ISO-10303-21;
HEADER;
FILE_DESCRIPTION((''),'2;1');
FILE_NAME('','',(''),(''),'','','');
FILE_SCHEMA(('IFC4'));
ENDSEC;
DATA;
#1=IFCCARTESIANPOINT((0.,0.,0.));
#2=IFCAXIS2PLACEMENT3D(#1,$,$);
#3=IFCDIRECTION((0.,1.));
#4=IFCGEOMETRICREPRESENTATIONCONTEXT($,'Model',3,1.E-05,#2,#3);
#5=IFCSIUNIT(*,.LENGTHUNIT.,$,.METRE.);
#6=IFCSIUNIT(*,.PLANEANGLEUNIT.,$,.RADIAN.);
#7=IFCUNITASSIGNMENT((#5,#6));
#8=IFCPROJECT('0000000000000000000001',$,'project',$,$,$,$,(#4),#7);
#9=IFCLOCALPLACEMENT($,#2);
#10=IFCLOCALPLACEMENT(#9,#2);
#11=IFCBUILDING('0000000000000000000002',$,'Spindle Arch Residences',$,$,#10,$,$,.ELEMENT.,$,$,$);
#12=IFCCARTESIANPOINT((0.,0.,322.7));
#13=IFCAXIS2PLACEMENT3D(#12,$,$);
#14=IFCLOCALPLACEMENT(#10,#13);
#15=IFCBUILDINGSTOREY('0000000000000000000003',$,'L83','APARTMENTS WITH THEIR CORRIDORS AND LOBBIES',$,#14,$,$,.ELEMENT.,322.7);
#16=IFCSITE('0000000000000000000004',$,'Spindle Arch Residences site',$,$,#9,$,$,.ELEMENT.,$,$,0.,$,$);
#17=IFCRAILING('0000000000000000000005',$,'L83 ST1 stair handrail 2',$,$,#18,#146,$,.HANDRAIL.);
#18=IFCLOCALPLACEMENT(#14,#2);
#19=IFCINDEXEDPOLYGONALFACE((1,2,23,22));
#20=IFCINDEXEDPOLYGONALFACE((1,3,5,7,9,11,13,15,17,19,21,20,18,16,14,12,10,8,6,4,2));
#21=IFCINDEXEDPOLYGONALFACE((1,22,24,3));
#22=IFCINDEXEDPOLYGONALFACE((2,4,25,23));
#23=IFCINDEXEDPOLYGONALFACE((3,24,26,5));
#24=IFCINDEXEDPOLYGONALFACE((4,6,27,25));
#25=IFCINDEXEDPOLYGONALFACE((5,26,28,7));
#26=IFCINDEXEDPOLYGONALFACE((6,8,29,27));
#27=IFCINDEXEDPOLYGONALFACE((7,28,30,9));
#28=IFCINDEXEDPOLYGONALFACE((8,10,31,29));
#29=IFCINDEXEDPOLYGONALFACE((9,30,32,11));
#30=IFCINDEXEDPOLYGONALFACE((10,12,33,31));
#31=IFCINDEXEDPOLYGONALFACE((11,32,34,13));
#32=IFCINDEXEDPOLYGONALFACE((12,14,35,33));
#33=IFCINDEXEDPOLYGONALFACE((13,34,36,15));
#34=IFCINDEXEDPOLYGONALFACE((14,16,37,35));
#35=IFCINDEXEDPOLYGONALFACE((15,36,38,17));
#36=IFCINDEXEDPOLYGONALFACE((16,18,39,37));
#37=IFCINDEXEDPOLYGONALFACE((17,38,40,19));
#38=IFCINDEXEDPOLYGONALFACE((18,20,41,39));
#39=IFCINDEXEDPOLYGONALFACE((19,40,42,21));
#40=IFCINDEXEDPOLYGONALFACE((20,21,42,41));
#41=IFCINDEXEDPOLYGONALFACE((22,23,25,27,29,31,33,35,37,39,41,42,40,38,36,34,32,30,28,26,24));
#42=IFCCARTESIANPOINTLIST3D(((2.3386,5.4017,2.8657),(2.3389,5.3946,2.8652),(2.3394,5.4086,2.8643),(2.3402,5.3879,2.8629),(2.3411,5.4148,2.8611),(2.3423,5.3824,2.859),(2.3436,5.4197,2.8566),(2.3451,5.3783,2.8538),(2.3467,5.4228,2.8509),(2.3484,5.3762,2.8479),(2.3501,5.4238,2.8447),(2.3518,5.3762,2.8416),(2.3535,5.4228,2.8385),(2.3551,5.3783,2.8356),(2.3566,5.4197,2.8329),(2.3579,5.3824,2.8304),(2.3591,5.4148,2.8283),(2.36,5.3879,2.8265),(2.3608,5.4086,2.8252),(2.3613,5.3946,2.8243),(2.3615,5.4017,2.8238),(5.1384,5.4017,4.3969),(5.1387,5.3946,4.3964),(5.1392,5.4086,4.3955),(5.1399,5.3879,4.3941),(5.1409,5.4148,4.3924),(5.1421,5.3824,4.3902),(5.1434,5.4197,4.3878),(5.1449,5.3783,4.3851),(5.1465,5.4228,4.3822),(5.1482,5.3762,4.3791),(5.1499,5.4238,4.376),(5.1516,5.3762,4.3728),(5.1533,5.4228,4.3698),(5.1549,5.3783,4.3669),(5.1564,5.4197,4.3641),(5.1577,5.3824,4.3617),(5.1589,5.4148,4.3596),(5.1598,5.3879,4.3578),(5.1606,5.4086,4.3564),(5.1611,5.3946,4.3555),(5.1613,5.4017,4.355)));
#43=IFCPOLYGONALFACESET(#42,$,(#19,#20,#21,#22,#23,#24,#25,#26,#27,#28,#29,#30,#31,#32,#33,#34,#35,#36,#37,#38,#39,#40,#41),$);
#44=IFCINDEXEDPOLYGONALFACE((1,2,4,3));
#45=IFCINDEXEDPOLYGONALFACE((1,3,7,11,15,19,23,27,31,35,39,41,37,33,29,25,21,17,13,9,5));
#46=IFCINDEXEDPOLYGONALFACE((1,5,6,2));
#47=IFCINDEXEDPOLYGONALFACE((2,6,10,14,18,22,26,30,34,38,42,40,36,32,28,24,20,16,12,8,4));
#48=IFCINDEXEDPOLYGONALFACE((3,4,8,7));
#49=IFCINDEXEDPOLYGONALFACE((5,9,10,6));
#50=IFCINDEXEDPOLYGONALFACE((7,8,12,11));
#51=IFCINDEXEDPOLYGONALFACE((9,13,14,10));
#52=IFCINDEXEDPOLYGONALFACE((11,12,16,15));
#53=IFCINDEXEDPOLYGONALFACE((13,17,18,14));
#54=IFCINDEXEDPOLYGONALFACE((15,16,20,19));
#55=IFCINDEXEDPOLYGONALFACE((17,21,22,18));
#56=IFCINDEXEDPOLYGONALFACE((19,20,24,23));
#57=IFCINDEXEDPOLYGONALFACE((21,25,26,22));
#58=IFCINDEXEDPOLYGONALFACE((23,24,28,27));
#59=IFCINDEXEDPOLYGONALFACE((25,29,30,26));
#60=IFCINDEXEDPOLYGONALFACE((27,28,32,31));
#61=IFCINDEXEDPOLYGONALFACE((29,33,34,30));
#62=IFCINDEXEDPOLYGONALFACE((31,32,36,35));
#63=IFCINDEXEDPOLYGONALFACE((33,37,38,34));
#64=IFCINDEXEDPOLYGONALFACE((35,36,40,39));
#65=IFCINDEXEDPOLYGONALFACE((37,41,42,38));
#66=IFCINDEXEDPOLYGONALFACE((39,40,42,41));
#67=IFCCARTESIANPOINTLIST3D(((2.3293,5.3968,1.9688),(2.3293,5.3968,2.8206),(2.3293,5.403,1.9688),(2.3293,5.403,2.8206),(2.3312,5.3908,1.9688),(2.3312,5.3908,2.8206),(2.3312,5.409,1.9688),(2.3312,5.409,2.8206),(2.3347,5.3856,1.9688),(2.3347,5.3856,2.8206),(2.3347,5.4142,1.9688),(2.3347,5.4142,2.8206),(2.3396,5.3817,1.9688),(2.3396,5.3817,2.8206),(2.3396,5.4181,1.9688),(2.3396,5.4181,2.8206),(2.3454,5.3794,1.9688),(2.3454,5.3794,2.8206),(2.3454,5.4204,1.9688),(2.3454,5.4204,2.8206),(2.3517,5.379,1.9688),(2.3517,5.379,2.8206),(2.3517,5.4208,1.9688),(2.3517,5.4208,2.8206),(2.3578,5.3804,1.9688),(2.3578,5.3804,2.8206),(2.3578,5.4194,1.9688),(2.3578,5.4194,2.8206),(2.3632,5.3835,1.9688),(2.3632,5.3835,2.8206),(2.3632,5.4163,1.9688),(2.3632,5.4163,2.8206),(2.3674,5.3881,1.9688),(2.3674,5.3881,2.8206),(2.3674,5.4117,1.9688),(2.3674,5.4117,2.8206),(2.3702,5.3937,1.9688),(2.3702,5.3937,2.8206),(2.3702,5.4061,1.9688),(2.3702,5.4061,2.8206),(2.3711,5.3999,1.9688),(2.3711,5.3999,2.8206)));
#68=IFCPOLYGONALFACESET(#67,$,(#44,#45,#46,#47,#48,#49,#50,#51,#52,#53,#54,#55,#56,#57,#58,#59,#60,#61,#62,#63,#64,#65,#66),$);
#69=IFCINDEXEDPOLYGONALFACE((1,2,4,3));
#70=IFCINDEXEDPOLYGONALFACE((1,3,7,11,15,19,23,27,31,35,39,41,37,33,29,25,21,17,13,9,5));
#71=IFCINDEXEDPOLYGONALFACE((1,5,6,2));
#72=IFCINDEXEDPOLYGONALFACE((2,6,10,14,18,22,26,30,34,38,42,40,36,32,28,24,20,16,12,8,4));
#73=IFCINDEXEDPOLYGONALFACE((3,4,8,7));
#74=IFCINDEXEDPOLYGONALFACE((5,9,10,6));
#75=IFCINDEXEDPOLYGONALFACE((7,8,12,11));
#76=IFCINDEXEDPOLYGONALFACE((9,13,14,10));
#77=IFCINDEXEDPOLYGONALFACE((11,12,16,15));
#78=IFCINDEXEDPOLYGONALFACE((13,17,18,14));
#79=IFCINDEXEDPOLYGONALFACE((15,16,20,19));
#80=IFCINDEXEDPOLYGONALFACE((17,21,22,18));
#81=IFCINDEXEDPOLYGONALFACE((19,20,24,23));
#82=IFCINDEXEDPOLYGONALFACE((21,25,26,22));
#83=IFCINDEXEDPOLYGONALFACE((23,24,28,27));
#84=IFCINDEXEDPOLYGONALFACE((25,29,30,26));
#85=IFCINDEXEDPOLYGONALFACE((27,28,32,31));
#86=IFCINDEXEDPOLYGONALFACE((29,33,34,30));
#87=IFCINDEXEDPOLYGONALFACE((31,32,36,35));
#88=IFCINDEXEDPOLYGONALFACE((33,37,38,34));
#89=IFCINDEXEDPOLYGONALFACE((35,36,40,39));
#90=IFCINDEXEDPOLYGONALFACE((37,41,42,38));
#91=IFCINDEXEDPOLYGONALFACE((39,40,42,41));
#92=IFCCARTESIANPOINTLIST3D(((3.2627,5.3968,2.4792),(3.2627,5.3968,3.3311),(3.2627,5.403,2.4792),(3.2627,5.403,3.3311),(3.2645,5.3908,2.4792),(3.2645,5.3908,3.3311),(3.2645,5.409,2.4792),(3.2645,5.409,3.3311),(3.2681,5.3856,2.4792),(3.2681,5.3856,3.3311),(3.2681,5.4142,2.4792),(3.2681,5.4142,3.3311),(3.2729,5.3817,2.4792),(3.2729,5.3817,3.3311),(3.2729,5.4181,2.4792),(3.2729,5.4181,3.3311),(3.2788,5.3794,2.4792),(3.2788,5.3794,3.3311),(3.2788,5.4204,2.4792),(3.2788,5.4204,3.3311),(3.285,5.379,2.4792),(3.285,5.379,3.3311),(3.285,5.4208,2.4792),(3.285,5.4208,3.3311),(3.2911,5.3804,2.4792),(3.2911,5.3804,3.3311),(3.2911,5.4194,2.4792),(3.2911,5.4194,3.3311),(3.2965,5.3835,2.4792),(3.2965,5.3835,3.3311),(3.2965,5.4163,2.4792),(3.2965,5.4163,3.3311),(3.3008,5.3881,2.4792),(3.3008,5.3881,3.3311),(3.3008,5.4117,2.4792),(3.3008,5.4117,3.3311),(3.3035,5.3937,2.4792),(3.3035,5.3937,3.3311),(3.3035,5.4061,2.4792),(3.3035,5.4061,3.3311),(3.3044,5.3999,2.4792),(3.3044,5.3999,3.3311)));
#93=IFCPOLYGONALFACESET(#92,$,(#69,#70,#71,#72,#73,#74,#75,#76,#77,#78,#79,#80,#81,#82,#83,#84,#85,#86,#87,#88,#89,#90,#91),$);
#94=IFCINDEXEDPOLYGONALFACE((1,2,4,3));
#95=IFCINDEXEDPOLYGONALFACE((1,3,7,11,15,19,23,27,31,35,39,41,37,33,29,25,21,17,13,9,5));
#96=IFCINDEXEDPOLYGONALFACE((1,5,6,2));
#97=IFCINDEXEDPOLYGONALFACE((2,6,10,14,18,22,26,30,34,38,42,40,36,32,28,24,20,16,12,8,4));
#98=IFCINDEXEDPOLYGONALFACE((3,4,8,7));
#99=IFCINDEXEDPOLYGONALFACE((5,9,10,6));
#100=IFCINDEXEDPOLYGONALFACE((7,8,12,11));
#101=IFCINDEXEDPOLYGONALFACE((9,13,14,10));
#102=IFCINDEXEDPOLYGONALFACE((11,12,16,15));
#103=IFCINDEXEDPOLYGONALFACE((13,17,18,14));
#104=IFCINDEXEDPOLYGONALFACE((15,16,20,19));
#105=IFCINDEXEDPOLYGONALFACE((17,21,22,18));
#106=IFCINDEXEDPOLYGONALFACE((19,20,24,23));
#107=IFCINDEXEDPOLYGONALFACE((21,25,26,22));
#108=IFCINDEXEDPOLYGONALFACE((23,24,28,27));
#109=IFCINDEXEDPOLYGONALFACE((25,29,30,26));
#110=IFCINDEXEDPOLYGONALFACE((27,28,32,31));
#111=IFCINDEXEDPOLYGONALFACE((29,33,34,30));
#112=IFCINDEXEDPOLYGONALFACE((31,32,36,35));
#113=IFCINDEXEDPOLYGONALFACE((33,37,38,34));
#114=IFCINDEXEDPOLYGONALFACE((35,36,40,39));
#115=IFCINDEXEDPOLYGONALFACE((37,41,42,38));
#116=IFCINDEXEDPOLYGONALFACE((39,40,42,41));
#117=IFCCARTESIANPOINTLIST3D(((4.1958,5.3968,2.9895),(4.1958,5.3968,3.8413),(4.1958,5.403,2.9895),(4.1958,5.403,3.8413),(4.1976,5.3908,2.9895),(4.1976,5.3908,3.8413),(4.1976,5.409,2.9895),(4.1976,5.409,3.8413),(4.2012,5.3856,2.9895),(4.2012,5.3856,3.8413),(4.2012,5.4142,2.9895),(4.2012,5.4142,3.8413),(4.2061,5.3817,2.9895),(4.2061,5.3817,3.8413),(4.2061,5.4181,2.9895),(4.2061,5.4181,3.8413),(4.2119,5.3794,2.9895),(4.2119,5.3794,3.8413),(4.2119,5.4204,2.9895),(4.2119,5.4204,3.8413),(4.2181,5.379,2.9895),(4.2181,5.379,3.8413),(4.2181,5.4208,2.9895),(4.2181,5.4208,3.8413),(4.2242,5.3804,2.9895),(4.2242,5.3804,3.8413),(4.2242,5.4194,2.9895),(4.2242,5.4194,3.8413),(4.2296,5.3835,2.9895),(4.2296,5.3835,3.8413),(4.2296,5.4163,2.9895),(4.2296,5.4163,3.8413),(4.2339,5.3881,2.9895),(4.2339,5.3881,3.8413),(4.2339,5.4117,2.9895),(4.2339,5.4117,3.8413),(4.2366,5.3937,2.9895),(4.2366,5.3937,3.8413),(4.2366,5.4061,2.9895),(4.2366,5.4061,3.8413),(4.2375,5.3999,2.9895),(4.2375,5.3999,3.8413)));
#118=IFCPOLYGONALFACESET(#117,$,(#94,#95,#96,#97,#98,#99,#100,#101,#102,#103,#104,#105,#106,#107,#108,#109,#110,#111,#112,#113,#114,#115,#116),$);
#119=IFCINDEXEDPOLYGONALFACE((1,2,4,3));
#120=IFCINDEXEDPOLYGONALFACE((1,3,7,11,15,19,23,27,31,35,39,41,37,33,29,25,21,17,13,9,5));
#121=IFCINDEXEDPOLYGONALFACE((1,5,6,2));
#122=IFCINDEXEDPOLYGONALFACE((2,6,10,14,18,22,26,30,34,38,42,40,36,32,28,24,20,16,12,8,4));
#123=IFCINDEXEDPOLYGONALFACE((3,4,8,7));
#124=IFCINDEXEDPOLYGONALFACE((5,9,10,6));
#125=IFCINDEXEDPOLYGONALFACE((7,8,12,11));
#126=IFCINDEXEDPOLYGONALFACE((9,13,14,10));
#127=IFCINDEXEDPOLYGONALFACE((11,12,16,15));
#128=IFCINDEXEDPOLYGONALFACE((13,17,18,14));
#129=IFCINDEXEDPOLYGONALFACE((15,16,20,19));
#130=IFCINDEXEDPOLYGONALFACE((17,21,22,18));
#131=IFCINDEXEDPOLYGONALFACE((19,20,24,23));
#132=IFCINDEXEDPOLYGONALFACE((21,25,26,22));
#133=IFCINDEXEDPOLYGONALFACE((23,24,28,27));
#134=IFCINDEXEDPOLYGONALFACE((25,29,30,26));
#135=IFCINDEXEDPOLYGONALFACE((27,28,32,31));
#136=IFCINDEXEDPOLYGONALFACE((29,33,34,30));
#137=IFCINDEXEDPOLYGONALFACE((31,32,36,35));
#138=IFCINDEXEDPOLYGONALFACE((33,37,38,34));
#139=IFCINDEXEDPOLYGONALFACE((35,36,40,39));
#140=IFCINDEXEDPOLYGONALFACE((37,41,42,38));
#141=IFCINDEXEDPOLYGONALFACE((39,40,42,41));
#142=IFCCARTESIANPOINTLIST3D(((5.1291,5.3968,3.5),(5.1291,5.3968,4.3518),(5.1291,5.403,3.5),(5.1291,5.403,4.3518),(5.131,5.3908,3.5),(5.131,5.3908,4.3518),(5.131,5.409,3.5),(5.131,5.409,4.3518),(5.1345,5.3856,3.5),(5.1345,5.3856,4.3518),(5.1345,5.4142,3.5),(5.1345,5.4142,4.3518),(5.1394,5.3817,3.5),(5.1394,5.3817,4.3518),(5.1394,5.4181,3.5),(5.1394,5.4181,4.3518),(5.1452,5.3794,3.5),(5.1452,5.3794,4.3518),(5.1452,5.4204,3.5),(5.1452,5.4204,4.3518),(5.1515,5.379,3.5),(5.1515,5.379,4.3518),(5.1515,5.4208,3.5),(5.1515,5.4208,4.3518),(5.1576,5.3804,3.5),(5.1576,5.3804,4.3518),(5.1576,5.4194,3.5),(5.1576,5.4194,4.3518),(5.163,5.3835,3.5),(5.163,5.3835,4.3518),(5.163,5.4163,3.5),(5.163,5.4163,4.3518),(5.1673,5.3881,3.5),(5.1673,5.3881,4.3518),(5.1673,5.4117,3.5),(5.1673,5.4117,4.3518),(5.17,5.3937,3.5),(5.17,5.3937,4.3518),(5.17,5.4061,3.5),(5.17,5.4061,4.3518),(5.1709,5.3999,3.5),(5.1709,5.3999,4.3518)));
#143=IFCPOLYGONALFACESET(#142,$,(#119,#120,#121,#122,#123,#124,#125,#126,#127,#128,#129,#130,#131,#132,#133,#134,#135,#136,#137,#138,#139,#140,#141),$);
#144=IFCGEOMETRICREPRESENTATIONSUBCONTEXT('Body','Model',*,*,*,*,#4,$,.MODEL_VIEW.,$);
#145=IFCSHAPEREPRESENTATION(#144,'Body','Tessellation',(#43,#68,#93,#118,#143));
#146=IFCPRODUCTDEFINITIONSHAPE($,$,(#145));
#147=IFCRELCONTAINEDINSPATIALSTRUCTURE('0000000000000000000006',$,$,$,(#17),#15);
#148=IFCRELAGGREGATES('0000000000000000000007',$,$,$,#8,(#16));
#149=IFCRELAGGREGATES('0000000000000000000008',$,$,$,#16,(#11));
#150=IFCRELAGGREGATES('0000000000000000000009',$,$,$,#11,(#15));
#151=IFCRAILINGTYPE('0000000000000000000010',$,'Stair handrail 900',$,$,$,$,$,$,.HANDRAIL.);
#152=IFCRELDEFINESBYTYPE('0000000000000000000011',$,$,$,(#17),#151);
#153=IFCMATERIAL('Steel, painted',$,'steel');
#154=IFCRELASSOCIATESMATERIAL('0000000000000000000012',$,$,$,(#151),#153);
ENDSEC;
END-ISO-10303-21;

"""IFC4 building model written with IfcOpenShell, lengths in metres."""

from ifc_helpers import new_model, si_unit, direction, frame, origin, origin_2d, place, context, subcontext, project, spatial, circle, extrude, material, type_object, element, save


model = new_model("IFC4")

# Units and contexts
model_context = context("Model", 3, precision=1e-05, world=origin(), true_north=direction((0.0, 1.0)))
body_context = subcontext(model_context, "Body", "Model", "MODEL_VIEW")
ifc_project = project(units=[si_unit("LENGTHUNIT", "METRE"), si_unit("PLANEANGLEUNIT", "RADIAN")], contexts=[model_context])

# Site, building, storey
site_placement = place(None, origin())
site = spatial("IfcSite", under=ifc_project, at=site_placement, Name="Spindle Arch Residences site", CompositionType="ELEMENT", RefElevation=0.0)
building_placement = place(site_placement, origin())
building = spatial("IfcBuilding", under=site, at=building_placement, Name="Spindle Arch Residences", CompositionType="ELEMENT")
storey_placement = place(building_placement, frame((0.0, 0.0, 322.7)))
storey = spatial("IfcBuildingStorey", under=building, at=storey_placement, Name="L83", Description="APARTMENTS WITH THEIR CORRIDORS AND LOBBIES", CompositionType="ELEMENT", Elevation=322.7)

# Railing
ifc_material_1 = material(Name="Steel, painted", Category="steel")
railing_type_1 = type_object("IfcRailingType", Name="Stair handrail 900", PredefinedType="HANDRAIL", material=ifc_material_1)
railing_1_placement = place(storey_placement, frame((2.3501, 5.3999, 1.9688)))
element("IfcRailing", 1, at=railing_1_placement, inside=storey, type_object=railing_type_1, Name="L83 ST1 stair handrail 2", PredefinedType="HANDRAIL", context=body_context, shape_type="SweptSolid", body=[
    extrude(circle(Radius=0.0239, at=origin_2d()), frame((0.0, 0.0, 0.876), z_axis=(0.877357, 0.0, 0.479838), x_axis=(0.0, 1.0, 0.0)), (0.0, 0.0, 1.0), 3.1912),
    extrude(circle(Radius=0.021, at=origin_2d()), origin(), (0.0, 0.0, 1.0), 0.8518),
    extrude(circle(Radius=0.021, at=origin_2d()), frame((0.9333, 0.0, 0.5105)), (0.0, 0.0, 1.0), 0.8518),
    extrude(circle(Radius=0.021, at=origin_2d()), frame((1.8665, 0.0, 1.0208)), (0.0, 0.0, 1.0), 0.8518),
    extrude(circle(Radius=0.021, at=origin_2d()), frame((2.7998, 0.0, 1.5312)), (0.0, 0.0, 1.0), 0.8518),
])

save(model, "model.ifc")
